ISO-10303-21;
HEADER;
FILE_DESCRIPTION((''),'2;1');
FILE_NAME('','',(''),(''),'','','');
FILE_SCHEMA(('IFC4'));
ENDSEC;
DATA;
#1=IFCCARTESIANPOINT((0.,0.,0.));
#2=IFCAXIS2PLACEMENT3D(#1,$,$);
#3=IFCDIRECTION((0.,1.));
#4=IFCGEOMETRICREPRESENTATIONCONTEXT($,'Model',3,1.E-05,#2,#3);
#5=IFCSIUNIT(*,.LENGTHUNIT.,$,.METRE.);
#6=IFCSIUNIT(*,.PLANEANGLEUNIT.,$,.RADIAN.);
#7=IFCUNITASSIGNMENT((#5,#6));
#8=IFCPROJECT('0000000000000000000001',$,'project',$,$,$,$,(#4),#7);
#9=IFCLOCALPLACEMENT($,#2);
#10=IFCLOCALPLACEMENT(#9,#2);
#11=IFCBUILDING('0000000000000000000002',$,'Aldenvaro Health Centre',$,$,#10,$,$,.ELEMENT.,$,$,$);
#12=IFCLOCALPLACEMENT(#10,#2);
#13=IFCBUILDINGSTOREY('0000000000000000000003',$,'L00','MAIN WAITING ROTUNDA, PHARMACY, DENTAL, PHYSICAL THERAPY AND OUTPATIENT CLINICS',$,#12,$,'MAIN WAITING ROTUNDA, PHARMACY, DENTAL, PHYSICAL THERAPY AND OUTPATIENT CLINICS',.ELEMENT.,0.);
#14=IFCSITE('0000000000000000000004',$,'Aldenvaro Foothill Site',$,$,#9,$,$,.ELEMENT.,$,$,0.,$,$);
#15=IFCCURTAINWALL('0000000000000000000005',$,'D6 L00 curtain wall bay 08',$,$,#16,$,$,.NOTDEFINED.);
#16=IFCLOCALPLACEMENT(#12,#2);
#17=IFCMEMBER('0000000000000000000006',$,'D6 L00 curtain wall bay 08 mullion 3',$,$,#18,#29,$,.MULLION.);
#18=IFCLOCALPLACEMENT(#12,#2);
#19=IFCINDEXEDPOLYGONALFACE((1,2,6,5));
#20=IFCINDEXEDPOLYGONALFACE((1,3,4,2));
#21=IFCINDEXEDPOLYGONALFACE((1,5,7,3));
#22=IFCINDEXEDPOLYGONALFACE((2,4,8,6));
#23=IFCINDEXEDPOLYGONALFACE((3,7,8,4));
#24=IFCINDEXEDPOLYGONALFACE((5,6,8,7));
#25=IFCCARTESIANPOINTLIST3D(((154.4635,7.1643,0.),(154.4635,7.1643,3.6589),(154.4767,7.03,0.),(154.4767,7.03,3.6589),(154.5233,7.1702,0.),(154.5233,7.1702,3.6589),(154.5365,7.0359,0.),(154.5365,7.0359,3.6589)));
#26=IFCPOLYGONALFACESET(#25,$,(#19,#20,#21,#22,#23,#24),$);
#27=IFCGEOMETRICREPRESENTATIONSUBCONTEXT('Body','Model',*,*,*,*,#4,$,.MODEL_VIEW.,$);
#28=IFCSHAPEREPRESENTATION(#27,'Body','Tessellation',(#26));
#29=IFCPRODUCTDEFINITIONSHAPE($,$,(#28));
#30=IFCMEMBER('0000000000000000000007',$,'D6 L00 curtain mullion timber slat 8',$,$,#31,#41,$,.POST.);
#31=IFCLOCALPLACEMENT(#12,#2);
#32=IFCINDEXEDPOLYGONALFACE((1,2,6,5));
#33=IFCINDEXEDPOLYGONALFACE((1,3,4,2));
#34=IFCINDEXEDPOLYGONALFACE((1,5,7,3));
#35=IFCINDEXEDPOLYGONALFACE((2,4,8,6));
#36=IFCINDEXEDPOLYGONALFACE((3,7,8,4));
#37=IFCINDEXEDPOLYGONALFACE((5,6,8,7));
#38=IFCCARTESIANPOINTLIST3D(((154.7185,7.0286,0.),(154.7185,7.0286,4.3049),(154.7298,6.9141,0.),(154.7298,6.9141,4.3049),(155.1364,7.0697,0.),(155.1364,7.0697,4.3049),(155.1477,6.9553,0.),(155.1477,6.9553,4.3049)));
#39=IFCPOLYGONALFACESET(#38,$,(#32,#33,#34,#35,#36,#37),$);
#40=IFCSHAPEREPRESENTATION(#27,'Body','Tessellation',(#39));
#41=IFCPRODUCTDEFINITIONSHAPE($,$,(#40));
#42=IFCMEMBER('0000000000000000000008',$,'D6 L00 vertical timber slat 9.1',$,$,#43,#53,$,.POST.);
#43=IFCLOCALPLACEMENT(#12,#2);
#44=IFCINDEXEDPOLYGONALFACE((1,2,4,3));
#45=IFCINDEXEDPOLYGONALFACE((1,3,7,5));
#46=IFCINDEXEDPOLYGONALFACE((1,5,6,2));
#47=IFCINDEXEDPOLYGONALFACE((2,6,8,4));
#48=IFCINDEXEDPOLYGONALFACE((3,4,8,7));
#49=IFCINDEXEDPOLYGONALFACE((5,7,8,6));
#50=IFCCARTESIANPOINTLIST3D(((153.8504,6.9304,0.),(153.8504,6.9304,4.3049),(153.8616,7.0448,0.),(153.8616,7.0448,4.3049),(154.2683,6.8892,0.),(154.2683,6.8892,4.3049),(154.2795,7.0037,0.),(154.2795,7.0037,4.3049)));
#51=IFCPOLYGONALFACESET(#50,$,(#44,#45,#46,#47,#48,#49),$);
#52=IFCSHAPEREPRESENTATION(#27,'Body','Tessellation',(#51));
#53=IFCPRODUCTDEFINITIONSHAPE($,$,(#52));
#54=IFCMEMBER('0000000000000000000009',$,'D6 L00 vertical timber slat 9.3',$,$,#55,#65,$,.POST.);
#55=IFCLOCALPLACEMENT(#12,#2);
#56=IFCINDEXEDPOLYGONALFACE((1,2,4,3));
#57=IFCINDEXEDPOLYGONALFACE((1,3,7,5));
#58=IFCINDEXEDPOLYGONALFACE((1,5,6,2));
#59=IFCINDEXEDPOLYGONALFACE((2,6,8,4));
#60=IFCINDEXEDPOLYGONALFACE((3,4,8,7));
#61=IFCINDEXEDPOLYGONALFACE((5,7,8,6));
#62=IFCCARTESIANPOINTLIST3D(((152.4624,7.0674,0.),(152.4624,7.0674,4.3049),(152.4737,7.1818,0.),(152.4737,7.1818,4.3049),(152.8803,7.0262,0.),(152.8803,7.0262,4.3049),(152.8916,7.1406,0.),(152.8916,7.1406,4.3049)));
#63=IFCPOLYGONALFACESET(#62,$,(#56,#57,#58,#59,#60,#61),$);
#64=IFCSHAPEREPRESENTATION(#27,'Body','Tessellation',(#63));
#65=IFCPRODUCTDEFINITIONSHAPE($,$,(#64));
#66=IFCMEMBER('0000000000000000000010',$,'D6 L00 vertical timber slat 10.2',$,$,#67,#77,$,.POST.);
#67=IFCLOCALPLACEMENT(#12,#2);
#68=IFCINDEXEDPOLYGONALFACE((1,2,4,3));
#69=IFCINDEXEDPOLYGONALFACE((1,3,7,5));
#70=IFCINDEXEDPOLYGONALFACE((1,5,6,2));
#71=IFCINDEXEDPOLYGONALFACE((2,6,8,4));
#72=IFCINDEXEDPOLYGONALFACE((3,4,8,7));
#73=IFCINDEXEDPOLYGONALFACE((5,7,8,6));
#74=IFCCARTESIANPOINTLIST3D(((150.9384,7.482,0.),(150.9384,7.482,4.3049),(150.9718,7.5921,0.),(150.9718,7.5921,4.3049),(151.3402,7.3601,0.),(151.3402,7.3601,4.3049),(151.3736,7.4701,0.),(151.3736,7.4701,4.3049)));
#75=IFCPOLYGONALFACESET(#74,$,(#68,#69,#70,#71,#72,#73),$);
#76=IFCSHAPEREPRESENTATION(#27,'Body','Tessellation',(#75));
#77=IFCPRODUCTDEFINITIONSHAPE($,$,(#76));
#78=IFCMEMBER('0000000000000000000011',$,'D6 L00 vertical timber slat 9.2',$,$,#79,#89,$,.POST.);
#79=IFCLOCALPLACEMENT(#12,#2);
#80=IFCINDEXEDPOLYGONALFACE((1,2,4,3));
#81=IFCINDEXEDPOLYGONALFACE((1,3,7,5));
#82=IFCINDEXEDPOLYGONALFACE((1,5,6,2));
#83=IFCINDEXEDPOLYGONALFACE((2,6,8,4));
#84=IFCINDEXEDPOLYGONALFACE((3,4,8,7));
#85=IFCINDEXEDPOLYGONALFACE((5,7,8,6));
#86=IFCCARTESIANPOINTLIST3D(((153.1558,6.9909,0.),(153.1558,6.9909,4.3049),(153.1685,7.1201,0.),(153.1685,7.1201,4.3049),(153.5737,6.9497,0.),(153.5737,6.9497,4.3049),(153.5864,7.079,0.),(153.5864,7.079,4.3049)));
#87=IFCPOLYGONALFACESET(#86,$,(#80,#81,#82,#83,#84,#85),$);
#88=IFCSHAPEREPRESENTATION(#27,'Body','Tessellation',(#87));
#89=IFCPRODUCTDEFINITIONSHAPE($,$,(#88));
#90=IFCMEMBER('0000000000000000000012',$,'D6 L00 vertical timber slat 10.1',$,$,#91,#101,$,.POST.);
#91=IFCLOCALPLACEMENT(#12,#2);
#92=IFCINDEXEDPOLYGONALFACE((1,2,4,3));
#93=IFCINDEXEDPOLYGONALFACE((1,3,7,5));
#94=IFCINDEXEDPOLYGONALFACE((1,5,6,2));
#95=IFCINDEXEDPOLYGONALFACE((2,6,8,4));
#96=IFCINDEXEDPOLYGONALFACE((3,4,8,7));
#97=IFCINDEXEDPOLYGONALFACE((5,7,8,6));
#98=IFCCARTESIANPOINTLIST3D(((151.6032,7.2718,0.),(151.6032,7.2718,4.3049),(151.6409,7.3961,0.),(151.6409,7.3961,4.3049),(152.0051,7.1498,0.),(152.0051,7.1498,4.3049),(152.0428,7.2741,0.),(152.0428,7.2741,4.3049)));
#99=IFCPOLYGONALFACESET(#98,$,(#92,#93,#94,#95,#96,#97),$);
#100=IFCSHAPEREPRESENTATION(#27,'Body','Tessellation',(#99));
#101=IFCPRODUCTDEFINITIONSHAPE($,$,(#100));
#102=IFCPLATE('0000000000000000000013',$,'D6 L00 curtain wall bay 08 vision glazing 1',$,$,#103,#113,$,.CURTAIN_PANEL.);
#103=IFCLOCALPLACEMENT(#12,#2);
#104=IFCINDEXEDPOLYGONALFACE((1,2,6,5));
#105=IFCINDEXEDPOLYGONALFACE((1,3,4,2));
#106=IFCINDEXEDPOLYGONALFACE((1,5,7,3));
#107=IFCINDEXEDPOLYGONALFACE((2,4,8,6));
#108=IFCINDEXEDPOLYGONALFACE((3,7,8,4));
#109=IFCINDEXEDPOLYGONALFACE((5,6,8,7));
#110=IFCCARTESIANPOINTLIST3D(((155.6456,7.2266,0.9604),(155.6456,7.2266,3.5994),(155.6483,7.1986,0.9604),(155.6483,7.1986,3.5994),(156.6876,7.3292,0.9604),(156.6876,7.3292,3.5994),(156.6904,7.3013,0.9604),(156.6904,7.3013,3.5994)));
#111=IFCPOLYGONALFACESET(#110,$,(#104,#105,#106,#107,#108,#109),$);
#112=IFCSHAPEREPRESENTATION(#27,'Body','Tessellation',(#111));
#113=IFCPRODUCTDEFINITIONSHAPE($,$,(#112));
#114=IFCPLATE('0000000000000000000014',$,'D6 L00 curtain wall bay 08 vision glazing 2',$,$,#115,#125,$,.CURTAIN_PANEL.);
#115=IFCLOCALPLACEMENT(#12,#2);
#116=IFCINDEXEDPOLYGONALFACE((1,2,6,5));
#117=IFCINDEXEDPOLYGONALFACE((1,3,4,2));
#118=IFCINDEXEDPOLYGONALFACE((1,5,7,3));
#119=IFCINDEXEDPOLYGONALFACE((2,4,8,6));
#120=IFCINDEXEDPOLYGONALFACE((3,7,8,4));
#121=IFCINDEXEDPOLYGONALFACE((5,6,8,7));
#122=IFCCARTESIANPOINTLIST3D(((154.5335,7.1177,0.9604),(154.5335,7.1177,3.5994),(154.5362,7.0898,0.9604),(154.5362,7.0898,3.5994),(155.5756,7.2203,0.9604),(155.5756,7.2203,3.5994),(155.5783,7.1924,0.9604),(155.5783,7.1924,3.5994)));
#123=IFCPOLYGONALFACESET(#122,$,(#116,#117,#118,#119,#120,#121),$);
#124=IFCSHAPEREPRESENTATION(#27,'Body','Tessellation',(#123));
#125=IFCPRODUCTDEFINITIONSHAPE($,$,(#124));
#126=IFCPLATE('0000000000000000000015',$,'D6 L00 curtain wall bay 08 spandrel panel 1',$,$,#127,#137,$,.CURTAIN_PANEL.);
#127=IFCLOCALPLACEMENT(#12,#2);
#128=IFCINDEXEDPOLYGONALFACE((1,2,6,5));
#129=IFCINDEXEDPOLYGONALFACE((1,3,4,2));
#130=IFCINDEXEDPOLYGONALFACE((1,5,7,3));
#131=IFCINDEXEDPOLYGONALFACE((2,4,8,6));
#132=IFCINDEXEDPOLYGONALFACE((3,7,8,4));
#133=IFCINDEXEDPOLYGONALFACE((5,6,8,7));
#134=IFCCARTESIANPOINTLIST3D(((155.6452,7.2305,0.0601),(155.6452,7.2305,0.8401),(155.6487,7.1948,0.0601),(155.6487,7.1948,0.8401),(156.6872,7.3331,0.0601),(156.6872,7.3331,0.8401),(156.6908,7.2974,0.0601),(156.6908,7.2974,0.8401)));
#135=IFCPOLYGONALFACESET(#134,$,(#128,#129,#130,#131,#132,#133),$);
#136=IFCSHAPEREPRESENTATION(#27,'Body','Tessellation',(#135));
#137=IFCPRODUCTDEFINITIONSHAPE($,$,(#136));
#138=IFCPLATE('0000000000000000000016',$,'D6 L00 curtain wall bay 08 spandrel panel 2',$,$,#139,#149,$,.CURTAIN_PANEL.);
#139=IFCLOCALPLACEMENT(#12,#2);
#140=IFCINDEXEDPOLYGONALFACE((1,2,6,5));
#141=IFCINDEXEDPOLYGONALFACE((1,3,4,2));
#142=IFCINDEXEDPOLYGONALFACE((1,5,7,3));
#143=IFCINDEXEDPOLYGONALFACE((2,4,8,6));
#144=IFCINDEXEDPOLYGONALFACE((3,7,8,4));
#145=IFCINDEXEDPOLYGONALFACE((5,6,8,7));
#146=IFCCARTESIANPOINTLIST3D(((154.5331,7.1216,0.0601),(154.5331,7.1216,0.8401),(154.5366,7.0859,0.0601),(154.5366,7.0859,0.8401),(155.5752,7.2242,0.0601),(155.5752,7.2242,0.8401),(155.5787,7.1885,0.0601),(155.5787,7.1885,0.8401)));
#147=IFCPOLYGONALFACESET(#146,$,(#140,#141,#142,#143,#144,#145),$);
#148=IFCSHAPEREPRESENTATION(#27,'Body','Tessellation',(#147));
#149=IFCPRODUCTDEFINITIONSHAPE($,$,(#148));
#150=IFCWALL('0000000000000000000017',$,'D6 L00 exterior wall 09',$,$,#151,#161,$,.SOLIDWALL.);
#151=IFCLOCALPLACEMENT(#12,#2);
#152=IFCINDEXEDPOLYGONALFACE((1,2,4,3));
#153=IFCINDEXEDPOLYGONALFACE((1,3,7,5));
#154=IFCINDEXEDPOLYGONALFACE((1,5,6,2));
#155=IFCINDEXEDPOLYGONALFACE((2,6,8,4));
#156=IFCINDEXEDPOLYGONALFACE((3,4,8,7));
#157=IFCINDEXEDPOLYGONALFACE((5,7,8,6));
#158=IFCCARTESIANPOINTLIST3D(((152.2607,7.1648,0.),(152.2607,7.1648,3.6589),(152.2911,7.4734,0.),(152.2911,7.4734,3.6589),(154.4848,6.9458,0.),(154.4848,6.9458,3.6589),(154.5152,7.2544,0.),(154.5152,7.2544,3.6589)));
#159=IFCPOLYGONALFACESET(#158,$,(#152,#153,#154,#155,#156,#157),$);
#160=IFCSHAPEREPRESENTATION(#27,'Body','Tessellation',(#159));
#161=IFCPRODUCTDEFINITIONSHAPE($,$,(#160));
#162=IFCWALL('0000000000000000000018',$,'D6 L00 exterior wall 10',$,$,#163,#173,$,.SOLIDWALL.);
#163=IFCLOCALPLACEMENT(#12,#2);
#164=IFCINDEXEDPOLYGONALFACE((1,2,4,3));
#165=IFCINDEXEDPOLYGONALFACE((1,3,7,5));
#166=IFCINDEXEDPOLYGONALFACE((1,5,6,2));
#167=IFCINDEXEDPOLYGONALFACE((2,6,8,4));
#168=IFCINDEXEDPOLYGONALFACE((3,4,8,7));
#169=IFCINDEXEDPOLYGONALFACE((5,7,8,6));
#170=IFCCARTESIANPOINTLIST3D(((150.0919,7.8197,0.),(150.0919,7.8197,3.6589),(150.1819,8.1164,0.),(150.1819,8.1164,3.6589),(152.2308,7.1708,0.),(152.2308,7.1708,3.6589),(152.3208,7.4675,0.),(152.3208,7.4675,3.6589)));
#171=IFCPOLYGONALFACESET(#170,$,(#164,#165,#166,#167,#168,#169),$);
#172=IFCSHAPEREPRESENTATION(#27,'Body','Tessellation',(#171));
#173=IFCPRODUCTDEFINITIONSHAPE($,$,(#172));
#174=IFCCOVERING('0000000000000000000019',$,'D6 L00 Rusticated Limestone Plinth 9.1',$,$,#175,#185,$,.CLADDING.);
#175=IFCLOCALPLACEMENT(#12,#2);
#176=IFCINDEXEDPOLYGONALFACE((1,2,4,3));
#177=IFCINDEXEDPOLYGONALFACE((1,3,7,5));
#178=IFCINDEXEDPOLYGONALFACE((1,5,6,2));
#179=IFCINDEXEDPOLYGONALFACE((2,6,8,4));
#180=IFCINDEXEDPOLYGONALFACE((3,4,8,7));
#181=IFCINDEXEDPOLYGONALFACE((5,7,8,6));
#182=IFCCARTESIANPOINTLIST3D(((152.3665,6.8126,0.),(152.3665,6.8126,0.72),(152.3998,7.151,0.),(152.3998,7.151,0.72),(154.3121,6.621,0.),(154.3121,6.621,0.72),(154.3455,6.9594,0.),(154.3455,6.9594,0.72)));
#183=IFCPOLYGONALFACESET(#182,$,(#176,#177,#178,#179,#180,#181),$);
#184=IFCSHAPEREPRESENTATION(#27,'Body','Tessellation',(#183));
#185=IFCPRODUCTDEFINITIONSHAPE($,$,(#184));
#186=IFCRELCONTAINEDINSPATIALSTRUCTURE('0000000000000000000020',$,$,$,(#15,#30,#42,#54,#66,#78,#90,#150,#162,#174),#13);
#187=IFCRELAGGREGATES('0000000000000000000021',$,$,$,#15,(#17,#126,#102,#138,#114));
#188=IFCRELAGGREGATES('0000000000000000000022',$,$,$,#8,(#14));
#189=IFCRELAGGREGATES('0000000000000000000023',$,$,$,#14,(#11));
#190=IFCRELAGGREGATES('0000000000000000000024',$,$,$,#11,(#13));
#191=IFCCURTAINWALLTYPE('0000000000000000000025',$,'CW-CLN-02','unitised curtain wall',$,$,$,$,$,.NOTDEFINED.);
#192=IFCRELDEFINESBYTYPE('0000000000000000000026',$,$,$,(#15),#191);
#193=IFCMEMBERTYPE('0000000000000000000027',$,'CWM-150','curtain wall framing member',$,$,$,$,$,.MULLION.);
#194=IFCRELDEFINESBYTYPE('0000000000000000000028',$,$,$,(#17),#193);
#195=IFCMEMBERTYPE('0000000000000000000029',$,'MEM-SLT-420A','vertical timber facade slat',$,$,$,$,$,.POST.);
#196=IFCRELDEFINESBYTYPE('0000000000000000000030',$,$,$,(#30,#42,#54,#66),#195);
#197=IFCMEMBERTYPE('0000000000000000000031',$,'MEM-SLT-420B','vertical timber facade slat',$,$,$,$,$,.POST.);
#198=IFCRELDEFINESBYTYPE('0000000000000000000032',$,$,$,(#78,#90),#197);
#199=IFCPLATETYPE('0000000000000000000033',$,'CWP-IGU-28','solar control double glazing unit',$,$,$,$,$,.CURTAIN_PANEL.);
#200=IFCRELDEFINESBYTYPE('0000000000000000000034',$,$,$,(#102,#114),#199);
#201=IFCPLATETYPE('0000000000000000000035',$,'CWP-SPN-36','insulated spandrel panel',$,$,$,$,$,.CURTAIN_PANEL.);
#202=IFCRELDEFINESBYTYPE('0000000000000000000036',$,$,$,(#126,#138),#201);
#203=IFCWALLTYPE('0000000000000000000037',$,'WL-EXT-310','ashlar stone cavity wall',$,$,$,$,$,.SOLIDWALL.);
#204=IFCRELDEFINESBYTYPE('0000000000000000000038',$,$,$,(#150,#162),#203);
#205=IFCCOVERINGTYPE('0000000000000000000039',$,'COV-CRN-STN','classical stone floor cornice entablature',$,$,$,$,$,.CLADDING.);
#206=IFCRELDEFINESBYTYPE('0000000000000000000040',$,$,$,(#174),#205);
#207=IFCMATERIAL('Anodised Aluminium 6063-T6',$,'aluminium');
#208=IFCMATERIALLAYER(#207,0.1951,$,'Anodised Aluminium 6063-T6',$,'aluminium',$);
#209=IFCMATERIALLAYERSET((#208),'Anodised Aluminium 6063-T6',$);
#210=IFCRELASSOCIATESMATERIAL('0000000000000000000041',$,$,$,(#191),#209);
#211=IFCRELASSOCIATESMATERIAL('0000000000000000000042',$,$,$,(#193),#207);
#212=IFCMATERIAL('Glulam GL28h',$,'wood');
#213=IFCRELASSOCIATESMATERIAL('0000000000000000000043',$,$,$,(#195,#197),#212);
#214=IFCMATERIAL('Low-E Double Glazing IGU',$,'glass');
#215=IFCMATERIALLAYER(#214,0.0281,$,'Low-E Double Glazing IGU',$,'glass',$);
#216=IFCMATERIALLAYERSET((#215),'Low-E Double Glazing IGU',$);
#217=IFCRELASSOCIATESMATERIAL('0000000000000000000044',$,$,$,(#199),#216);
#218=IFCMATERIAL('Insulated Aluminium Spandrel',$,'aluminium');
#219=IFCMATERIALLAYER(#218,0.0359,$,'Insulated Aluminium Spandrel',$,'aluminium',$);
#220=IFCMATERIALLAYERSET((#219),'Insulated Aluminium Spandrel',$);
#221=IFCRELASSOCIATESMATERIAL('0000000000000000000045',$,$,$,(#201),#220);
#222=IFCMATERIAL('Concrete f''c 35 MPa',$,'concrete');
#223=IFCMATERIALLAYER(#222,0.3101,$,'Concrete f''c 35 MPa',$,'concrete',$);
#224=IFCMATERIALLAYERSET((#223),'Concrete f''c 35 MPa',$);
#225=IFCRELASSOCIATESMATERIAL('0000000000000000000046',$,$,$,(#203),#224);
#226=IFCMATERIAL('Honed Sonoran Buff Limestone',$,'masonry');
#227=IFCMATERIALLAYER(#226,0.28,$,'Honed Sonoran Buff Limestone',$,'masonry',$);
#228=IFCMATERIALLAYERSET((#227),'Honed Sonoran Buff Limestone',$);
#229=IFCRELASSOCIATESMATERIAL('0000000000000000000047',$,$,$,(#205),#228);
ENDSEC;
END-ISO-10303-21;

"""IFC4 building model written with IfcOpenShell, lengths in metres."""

from ifc_helpers import new_model, si_unit, direction, frame, frame_2d, origin, origin_2d, place, context, subcontext, project, spatial, rectangle, extrude, material, layer, layer_set, material_profile, profile_set, type_object, element, aggregate, save


model = new_model("IFC4")

# Units and contexts
model_context = context("Model", 3, precision=1e-05, world=origin(), true_north=direction((0.0, 1.0)))
body_context = subcontext(model_context, "Body", "Model", "MODEL_VIEW")
ifc_project = project(units=[si_unit("LENGTHUNIT", "METRE"), si_unit("PLANEANGLEUNIT", "RADIAN")], contexts=[model_context])

# Site, building, storey
site_placement = place(None, origin())
site = spatial("IfcSite", under=ifc_project, at=site_placement, Name="Aldenvaro Foothill Site", CompositionType="ELEMENT", RefElevation=0.0)
building_placement = place(site_placement, origin())
building = spatial("IfcBuilding", under=site, at=building_placement, Name="Aldenvaro Health Centre", CompositionType="ELEMENT")
storey_placement = place(building_placement, origin())
storey = spatial("IfcBuildingStorey", under=building, at=storey_placement, Name="L00", Description="MAIN WAITING ROTUNDA, PHARMACY, DENTAL, PHYSICAL THERAPY AND OUTPATIENT CLINICS", LongName="MAIN WAITING ROTUNDA, PHARMACY, DENTAL, PHYSICAL THERAPY AND OUTPATIENT CLINICS", CompositionType="ELEMENT", Elevation=0.0)

# Shared definitions
ifc_material_1 = material(Name="Glulam GL28h", Category="wood")

# Curtain wall, member
ifc_material_2 = material(Name="Anodised Aluminium 6063-T6", Category="aluminium")
ifc_layer_1 = layer(ifc_material_2, 0.1951, Name="Anodised Aluminium 6063-T6", Category="aluminium")
ifc_layer_set_1 = layer_set([ifc_layer_1], Name="Anodised Aluminium 6063-T6")
curtain_wall_type = type_object("IfcCurtainWallType", Name="CW-CLN-02", Description="unitised curtain wall", PredefinedType="NOTDEFINED", material=ifc_layer_set_1)
curtain_wall_placement = place(storey_placement, origin())
curtain_wall = element("IfcCurtainWall", 1, at=curtain_wall_placement, inside=storey, type_object=curtain_wall_type, Name="D6 L00 curtain wall bay 08", PredefinedType="NOTDEFINED")
ifc_material_profile_1 = material_profile(ifc_material_2, rectangle(XDim=0.0601, YDim=0.135, at=origin_2d()), Name="ALU 60x135", Category="aluminium")
ifc_profile_set_1 = profile_set([ifc_material_profile_1], Name="Anodised Aluminium 6063-T6")
member_type_1 = type_object("IfcMemberType", Name="CWM-150", Description="curtain wall framing member", PredefinedType="MULLION", material=ifc_profile_set_1)
member_1_placement = place(storey_placement, frame((154.5, 7.1001, 0.0), z_axis=(0.0, 0.0, 1.0), x_axis=(-0.995187, -0.097997, 0.0)))
member_1 = element("IfcMember", 2, at=member_1_placement, type_object=member_type_1, Name="D6 L00 curtain wall bay 08 mullion 3", PredefinedType="MULLION", context=body_context, shape_type="SweptSolid", body=[
    extrude(rectangle(XDim=0.0601, YDim=0.135, at=origin_2d()), origin(), (0.0, 0.0, 1.0), 3.6589),
])

# Members
ifc_material_profile_2 = material_profile(ifc_material_1, rectangle(XDim=0.115, YDim=0.4199, at=origin_2d()), Name="GL 115x420", Category="wood")
ifc_profile_set_2 = profile_set([ifc_material_profile_2], Name="Glulam GL28h")
member_type_2 = type_object("IfcMemberType", Name="MEM-SLT-420A", Description="vertical timber facade slat", PredefinedType="POST", material=ifc_profile_set_2)
for number, where, z_axis, x_axis, name in (
    (3, (154.9331, 6.9919, 0.0), (0.0, 0.0, 1.0), (0.097997, -0.995187, 0.0), "D6 L00 curtain mullion timber slat 8"),
    (4, (154.0649, 6.967, 0.0), (0.0, 0.0, 1.0), (-0.097997, -0.995187, 0.0), "D6 L00 vertical timber slat 9.1"),
    (5, (152.677, 7.104, 0.0), (0.0, 0.0, 1.0), (-0.097997, -0.995187, 0.0), "D6 L00 vertical timber slat 9.3"),
    (6, (151.156, 7.4761, 0.0), (0.0, 0.0, 1.0), (-0.290343, -0.956923, 0.0), "D6 L00 vertical timber slat 10.2"),
):
    element("IfcMember", number, at=place(storey_placement, frame(where, z_axis=z_axis, x_axis=x_axis)), inside=storey, type_object=member_type_2, Name=name, PredefinedType="POST", context=body_context, shape_type="SweptSolid", body=[
        extrude(rectangle(XDim=0.115, YDim=0.4199, at=origin_2d()), origin(), (0.0, 0.0, 1.0), 4.3049),
    ])
ifc_material_profile_3 = material_profile(ifc_material_1, rectangle(XDim=0.1299, YDim=0.4199, at=origin_2d()), Name="GL 130x420", Category="wood")
ifc_profile_set_3 = profile_set([ifc_material_profile_3], Name="Glulam GL28h")
member_type_3 = type_object("IfcMemberType", Name="MEM-SLT-420B", Description="vertical timber facade slat", PredefinedType="POST", material=ifc_profile_set_3)
for number, where, z_axis, x_axis, name in (
    (7, (153.3711, 7.0349, 0.0), (0.0, 0.0, 1.0), (-0.097997, -0.995187, 0.0), "D6 L00 vertical timber slat 9.2"),
    (8, (151.823, 7.2729, 0.0), (0.0, 0.0, 1.0), (-0.290343, -0.956923, 0.0), "D6 L00 vertical timber slat 10.1"),
):
    element("IfcMember", number, at=place(storey_placement, frame(where, z_axis=z_axis, x_axis=x_axis)), inside=storey, type_object=member_type_3, Name=name, PredefinedType="POST", context=body_context, shape_type="SweptSolid", body=[
        extrude(rectangle(XDim=0.1299, YDim=0.4199, at=origin_2d()), origin(), (0.0, 0.0, 1.0), 4.3049),
    ])

# Plates
ifc_material_3 = material(Name="Low-E Double Glazing IGU", Category="glass")
ifc_layer_2 = layer(ifc_material_3, 0.0281, Name="Low-E Double Glazing IGU", Category="glass")
ifc_layer_set_2 = layer_set([ifc_layer_2], Name="Low-E Double Glazing IGU")
plate_type_1 = type_object("IfcPlateType", Name="CWP-IGU-28", Description="solar control double glazing unit", PredefinedType="CURTAIN_PANEL", material=ifc_layer_set_2)
plate_1_placement = place(storey_placement, frame((156.168, 7.2639, 0.9604), z_axis=(0.0, 0.0, 1.0), x_axis=(-0.995187, -0.097997, 0.0)))
plate_1 = element("IfcPlate", 9, at=plate_1_placement, type_object=plate_type_1, Name="D6 L00 curtain wall bay 08 vision glazing 1", PredefinedType="CURTAIN_PANEL", context=body_context, shape_type="SweptSolid", body=[
    extrude(rectangle(XDim=1.0471, YDim=0.0281, at=origin_2d()), origin(), (0.0, 0.0, 1.0), 2.6389),
])
plate_2_placement = place(storey_placement, frame((155.0559, 7.155, 0.9604), z_axis=(0.0, 0.0, 1.0), x_axis=(-0.995187, -0.097997, 0.0)))
plate_2 = element("IfcPlate", 10, at=plate_2_placement, type_object=plate_type_1, Name="D6 L00 curtain wall bay 08 vision glazing 2", PredefinedType="CURTAIN_PANEL", context=body_context, shape_type="SweptSolid", body=[
    extrude(rectangle(XDim=1.0471, YDim=0.0281, at=origin_2d()), origin(), (0.0, 0.0, 1.0), 2.6389),
])
ifc_material_4 = material(Name="Insulated Aluminium Spandrel", Category="aluminium")
ifc_layer_3 = layer(ifc_material_4, 0.0359, Name="Insulated Aluminium Spandrel", Category="aluminium")
ifc_layer_set_3 = layer_set([ifc_layer_3], Name="Insulated Aluminium Spandrel")
plate_type_2 = type_object("IfcPlateType", Name="CWP-SPN-36", Description="insulated spandrel panel", PredefinedType="CURTAIN_PANEL", material=ifc_layer_set_3)
plate_3_placement = place(storey_placement, frame((156.168, 7.2639, 0.0601), z_axis=(0.0, 0.0, 1.0), x_axis=(-0.995187, -0.097997, 0.0)))
plate_3 = element("IfcPlate", 11, at=plate_3_placement, type_object=plate_type_2, Name="D6 L00 curtain wall bay 08 spandrel panel 1", PredefinedType="CURTAIN_PANEL", context=body_context, shape_type="SweptSolid", body=[
    extrude(rectangle(XDim=1.0471, YDim=0.0359, at=origin_2d()), origin(), (0.0, 0.0, 1.0), 0.78),
])
plate_4_placement = place(storey_placement, frame((155.0559, 7.155, 0.0601), z_axis=(0.0, 0.0, 1.0), x_axis=(-0.995187, -0.097997, 0.0)))
plate_4 = element("IfcPlate", 12, at=plate_4_placement, type_object=plate_type_2, Name="D6 L00 curtain wall bay 08 spandrel panel 2", PredefinedType="CURTAIN_PANEL", context=body_context, shape_type="SweptSolid", body=[
    extrude(rectangle(XDim=1.0471, YDim=0.0359, at=origin_2d()), origin(), (0.0, 0.0, 1.0), 0.78),
])
aggregate(curtain_wall, [member_1, plate_3, plate_1, plate_4, plate_2])

# Walls
ifc_material_5 = material(Name="Concrete f'c 35 MPa", Category="concrete")
ifc_layer_4 = layer(ifc_material_5, 0.3101, Name="Concrete f'c 35 MPa", Category="concrete")
ifc_layer_set_4 = layer_set([ifc_layer_4], Name="Concrete f'c 35 MPa")
wall_type = type_object("IfcWallType", Name="WL-EXT-310", Description="ashlar stone cavity wall", PredefinedType="SOLIDWALL", material=ifc_layer_set_4)
wall_1_placement = place(storey_placement, frame((154.5, 7.1001, 0.0), z_axis=(0.0, 0.0, 1.0), x_axis=(-0.995187, 0.097989, 0.0)))
element("IfcWall", 13, at=wall_1_placement, inside=storey, type_object=wall_type, Name="D6 L00 exterior wall 09", PredefinedType="SOLIDWALL", context=body_context, shape_type="SweptSolid", body=[
    extrude(rectangle(XDim=2.2349, YDim=0.3101, at=frame_2d((1.1174, 0.0))), origin(), (0.0, 0.0, 1.0), 3.6589),
])
wall_2_placement = place(storey_placement, frame((152.2759, 7.3191, 0.0), z_axis=(0.0, 0.0, 1.0), x_axis=(-0.956929, 0.290323, 0.0)))
element("IfcWall", 14, at=wall_2_placement, inside=storey, type_object=wall_type, Name="D6 L00 exterior wall 10", PredefinedType="SOLIDWALL", context=body_context, shape_type="SweptSolid", body=[
    extrude(rectangle(XDim=2.2351, YDim=0.3101, at=frame_2d((1.1177, 0.0))), origin(), (0.0, 0.0, 1.0), 3.6589),
])

# Covering
ifc_material_6 = material(Name="Honed Sonoran Buff Limestone", Category="masonry")
ifc_layer_5 = layer(ifc_material_6, 0.28, Name="Honed Sonoran Buff Limestone", Category="masonry")
ifc_layer_set_5 = layer_set([ifc_layer_5], Name="Honed Sonoran Buff Limestone")
covering_type = type_object("IfcCoveringType", Name="COV-CRN-STN", Description="classical stone floor cornice entablature", PredefinedType="CLADDING", material=ifc_layer_set_5)
covering_1_placement = place(storey_placement, frame((153.356, 6.886, 0.0), z_axis=(0.0, 0.0, 1.0), x_axis=(-0.995187, 0.097997, 0.0)))
element("IfcCovering", 15, at=covering_1_placement, inside=storey, type_object=covering_type, Name="D6 L00 Rusticated Limestone Plinth 9.1", PredefinedType="CLADDING", context=body_context, shape_type="SweptSolid", body=[
    extrude(rectangle(XDim=1.9551, YDim=0.3401, at=origin_2d()), origin(), (0.0, 0.0, 1.0), 0.72),
])

save(model, "model.ifc")
